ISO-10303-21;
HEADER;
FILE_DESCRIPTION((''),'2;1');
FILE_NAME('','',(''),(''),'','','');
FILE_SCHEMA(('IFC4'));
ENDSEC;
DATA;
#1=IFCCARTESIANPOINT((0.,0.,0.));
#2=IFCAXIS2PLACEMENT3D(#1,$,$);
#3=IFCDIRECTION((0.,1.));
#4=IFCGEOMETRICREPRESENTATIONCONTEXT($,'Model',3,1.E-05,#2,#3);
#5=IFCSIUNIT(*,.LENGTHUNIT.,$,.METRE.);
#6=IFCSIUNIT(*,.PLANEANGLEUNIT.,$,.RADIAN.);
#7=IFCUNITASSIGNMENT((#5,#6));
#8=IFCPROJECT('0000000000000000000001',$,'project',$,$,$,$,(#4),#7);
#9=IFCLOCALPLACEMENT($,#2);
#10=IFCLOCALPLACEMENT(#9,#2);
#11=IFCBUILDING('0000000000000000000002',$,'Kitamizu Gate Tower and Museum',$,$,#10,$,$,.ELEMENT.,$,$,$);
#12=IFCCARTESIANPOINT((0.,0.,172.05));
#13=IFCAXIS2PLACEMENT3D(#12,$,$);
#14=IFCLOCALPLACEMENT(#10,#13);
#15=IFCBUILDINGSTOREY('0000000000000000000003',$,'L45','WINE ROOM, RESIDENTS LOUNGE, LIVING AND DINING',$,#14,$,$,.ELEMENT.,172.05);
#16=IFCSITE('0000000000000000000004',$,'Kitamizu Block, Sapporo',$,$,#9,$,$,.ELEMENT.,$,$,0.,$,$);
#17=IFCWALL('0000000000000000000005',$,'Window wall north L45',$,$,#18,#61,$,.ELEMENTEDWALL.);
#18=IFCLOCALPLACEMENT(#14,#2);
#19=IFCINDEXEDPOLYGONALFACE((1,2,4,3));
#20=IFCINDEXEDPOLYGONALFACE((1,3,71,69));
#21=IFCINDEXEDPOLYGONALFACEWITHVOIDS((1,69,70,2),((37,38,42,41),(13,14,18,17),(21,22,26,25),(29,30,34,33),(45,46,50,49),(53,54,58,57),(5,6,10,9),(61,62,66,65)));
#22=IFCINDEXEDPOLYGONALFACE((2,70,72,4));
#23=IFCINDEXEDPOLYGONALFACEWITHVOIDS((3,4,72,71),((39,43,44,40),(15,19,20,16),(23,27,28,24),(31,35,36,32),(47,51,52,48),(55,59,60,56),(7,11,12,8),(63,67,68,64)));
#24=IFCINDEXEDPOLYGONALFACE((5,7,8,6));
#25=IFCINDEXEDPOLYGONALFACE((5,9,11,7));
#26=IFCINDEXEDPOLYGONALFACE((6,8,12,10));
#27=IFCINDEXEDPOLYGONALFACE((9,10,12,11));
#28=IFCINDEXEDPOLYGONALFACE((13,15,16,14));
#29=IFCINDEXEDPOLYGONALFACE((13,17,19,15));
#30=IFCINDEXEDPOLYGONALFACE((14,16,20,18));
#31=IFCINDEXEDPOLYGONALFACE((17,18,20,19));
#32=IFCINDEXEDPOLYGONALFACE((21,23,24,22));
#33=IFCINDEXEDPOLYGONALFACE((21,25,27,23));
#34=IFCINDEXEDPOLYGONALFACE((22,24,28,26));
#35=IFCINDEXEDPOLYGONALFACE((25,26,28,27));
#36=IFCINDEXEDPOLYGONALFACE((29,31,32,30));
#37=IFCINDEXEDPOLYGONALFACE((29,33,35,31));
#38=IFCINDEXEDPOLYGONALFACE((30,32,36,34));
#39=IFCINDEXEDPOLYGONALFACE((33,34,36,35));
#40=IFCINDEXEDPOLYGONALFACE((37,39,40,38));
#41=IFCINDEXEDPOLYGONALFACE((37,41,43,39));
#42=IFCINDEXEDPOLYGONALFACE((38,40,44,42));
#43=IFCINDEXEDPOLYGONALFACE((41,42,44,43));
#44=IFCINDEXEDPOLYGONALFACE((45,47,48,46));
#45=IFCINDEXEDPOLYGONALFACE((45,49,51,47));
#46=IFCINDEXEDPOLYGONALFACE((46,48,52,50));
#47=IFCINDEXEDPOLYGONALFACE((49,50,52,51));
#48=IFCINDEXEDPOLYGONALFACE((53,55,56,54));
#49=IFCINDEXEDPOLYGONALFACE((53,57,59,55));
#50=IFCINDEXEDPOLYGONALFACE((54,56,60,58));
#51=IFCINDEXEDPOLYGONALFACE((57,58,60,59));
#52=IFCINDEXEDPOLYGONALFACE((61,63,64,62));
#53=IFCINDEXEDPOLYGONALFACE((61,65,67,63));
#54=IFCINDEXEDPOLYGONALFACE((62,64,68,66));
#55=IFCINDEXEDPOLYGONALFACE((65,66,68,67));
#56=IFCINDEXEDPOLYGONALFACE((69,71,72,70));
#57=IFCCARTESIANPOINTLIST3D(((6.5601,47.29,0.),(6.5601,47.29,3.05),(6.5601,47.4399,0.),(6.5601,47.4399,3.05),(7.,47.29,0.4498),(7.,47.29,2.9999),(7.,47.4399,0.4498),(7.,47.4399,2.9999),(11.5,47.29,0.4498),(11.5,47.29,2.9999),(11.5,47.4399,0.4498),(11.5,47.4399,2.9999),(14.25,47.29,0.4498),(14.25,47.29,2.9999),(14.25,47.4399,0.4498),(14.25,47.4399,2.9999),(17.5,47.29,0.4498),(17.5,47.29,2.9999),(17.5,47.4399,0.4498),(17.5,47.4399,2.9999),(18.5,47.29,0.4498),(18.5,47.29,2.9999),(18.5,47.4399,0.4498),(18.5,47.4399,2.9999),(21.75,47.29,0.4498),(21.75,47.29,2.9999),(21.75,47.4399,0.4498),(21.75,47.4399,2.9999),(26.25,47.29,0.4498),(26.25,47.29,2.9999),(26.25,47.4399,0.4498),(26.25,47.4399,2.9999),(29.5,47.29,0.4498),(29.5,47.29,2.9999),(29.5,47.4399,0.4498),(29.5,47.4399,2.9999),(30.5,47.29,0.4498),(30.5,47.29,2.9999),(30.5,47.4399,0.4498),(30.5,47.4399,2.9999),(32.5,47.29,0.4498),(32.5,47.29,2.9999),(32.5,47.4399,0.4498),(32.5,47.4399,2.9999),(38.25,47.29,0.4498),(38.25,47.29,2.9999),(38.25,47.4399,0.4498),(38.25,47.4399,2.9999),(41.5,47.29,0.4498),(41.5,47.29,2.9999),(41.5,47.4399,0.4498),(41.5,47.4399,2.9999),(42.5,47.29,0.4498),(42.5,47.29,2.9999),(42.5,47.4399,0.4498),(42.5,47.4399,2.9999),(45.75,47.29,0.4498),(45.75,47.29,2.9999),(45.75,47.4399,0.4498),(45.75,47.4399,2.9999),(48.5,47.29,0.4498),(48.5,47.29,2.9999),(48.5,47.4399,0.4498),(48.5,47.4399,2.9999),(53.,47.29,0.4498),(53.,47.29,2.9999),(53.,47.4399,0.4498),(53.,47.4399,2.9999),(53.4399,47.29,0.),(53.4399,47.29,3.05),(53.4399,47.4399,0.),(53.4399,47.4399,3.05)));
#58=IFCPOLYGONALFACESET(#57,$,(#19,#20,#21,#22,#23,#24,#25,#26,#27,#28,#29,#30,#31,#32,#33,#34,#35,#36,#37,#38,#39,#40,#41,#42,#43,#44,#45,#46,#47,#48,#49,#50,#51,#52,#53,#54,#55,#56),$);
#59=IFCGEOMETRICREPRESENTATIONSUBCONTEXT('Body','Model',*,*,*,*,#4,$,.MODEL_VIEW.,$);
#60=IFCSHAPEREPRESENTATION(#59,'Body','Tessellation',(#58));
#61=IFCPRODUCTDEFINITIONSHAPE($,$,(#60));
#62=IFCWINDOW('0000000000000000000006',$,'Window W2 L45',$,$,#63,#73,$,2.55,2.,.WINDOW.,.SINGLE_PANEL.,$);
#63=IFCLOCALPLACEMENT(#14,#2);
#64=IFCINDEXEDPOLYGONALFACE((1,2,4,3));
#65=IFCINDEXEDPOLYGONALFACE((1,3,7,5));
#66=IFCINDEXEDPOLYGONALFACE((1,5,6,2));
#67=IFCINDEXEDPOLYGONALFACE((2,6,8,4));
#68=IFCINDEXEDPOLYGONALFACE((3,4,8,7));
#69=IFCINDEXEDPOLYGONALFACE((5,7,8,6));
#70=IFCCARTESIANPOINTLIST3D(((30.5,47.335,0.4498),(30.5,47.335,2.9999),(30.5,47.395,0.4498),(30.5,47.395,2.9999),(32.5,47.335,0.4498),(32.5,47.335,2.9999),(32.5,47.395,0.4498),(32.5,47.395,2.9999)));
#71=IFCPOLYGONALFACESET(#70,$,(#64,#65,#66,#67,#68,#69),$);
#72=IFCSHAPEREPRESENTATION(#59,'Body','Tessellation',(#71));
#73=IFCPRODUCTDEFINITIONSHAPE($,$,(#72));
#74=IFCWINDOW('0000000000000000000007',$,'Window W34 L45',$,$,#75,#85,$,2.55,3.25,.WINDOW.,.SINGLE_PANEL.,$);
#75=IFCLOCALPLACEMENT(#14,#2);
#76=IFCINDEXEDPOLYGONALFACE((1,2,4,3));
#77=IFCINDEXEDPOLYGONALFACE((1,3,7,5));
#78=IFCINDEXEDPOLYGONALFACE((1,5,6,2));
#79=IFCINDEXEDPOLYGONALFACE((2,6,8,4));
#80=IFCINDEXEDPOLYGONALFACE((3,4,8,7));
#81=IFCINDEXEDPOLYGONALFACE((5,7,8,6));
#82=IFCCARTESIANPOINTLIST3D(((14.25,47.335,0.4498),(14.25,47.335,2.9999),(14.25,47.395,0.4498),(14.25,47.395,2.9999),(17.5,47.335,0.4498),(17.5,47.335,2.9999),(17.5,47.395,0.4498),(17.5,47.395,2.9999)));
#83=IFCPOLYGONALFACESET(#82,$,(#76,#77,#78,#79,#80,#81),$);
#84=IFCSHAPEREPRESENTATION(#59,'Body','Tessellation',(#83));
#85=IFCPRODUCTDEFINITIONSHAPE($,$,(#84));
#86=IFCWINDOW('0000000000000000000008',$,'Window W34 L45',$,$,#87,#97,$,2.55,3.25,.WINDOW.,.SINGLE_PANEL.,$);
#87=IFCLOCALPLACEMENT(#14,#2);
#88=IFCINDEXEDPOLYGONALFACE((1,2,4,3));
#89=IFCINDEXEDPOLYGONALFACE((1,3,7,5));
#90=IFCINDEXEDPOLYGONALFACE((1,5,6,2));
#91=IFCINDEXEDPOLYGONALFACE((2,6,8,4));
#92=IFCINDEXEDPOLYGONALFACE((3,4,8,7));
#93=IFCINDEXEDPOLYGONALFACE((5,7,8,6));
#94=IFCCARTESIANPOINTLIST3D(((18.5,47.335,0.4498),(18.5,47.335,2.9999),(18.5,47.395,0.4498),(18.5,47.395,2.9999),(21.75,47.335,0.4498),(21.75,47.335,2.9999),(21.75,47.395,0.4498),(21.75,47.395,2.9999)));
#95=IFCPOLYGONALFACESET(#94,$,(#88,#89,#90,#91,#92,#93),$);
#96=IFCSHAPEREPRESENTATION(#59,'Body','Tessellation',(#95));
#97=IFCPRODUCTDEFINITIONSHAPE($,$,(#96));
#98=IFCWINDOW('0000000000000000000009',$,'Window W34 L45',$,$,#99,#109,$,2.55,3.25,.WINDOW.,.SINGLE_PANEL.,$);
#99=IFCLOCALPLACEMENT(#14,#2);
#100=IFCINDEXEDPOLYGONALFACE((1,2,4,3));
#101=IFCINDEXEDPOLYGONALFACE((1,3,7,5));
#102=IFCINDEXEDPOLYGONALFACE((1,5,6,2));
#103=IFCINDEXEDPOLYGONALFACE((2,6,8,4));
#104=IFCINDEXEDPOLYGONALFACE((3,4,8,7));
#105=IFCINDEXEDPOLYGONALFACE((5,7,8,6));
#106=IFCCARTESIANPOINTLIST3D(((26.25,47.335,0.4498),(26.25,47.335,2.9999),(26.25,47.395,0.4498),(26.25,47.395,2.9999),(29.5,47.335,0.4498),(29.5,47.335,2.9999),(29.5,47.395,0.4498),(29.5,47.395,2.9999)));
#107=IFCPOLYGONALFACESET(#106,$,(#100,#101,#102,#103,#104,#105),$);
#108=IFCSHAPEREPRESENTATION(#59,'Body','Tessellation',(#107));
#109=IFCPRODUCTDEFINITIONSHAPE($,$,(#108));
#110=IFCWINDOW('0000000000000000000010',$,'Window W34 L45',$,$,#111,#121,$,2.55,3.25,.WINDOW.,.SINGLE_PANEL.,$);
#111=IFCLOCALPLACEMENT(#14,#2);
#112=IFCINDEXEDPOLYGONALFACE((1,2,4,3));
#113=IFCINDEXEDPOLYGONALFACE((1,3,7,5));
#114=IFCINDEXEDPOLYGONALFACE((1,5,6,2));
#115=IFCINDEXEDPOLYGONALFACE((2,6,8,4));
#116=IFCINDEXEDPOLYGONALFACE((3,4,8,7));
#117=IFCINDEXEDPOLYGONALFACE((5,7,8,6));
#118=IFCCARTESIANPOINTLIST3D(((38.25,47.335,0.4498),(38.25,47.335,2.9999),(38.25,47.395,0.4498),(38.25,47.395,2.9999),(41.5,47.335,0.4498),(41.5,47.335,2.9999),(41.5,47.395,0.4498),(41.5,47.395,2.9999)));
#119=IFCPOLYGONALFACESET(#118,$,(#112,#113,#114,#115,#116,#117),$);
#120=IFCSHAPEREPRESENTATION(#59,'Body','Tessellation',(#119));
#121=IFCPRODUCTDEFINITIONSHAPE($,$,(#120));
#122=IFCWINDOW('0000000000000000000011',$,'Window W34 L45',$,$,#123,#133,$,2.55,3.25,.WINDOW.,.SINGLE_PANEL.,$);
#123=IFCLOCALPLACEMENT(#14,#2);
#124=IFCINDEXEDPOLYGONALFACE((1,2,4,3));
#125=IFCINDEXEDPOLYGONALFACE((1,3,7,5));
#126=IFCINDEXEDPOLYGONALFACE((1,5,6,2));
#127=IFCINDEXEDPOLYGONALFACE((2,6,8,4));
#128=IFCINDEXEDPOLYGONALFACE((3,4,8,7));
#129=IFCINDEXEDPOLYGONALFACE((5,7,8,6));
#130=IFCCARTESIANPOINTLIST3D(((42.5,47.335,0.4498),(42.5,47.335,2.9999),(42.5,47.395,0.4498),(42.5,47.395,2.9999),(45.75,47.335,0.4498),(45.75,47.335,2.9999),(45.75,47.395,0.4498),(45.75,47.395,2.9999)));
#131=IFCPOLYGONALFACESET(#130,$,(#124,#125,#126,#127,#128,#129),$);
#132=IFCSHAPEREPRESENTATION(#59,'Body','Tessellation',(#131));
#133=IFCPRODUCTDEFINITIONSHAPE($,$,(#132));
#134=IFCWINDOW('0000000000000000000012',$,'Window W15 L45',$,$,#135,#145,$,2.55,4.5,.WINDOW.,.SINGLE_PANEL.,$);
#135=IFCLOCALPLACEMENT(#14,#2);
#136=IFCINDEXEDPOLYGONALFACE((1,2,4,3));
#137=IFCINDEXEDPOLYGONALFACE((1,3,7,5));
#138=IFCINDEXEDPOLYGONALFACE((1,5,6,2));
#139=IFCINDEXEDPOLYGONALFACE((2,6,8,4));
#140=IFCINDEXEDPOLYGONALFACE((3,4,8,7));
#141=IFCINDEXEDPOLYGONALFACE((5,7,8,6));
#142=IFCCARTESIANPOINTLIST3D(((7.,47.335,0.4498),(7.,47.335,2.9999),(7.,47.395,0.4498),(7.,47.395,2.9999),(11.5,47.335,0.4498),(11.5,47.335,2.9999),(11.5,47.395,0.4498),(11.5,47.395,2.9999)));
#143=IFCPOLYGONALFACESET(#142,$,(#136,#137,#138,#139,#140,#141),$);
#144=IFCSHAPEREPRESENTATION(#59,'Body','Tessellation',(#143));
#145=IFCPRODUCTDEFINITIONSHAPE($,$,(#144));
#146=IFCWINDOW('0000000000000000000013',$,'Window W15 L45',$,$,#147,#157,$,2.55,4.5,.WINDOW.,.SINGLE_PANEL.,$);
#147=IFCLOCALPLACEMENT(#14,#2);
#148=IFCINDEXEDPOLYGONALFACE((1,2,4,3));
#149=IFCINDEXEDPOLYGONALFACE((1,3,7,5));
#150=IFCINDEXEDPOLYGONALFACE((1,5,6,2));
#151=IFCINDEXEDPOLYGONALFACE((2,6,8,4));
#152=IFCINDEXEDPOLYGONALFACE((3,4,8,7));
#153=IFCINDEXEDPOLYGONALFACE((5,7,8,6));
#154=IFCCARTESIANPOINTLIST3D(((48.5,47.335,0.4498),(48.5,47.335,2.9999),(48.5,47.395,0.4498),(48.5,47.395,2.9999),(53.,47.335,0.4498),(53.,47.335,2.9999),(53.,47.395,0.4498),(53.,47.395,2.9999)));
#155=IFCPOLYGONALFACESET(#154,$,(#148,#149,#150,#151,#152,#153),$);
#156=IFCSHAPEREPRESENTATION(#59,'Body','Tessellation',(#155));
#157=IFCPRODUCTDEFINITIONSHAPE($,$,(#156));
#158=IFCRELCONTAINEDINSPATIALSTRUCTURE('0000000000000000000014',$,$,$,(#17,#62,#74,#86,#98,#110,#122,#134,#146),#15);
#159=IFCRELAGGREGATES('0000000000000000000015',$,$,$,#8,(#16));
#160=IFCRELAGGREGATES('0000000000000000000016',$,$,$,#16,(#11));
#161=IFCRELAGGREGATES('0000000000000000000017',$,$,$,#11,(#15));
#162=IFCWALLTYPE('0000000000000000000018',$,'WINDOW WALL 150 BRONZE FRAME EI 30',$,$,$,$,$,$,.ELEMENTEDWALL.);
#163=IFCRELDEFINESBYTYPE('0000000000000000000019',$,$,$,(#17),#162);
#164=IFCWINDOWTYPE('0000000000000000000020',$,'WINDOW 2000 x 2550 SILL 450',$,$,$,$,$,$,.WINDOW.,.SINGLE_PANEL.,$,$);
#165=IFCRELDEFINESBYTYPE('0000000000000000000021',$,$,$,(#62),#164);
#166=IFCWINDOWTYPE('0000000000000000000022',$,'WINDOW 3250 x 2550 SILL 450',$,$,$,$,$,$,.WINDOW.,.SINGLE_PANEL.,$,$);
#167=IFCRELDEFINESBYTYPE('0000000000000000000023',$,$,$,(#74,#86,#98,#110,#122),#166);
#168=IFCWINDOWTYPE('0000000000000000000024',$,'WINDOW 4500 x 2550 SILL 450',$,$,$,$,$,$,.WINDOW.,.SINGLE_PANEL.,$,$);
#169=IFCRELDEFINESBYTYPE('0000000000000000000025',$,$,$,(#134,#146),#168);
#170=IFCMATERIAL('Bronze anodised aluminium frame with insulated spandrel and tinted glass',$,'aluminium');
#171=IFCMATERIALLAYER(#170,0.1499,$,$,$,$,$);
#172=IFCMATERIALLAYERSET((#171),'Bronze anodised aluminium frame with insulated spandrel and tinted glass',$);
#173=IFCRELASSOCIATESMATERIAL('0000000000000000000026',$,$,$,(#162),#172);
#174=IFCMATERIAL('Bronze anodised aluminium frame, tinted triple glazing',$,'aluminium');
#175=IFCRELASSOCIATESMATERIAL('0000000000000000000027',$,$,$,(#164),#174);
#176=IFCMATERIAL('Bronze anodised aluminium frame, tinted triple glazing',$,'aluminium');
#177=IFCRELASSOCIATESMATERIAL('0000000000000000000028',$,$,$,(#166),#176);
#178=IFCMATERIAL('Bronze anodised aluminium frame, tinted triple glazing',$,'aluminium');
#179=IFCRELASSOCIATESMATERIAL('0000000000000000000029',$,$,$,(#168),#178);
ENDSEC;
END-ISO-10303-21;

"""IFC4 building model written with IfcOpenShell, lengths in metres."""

from ifc_helpers import new_model, si_unit, direction, frame, frame_2d, origin, place, context, subcontext, project, spatial, rectangle, extrude, material, layer, layer_set, type_object, element, fill, save


model = new_model("IFC4")

# Units and contexts
model_context = context("Model", 3, precision=1e-05, world=origin(), true_north=direction((0.0, 1.0)))
body_context = subcontext(model_context, "Body", "Model", "MODEL_VIEW")
ifc_project = project(units=[si_unit("LENGTHUNIT", "METRE"), si_unit("PLANEANGLEUNIT", "RADIAN")], contexts=[model_context])

# Site, building, storey
site_placement = place(None, origin())
site = spatial("IfcSite", under=ifc_project, at=site_placement, Name="Kitamizu Block, Sapporo", CompositionType="ELEMENT", RefElevation=0.0)
building_placement = place(site_placement, origin())
building = spatial("IfcBuilding", under=site, at=building_placement, Name="Kitamizu Gate Tower and Museum", CompositionType="ELEMENT")
storey_placement = place(building_placement, frame((0.0, 0.0, 172.05)))
storey = spatial("IfcBuildingStorey", under=building, at=storey_placement, Name="L45", Description="WINE ROOM, RESIDENTS LOUNGE, LIVING AND DINING", CompositionType="ELEMENT", Elevation=172.05)

# Wall, openings, windows
ifc_material_1 = material(Name="Bronze anodised aluminium frame with insulated spandrel and tinted glass", Category="aluminium")
ifc_layer_1 = layer(ifc_material_1, 0.1499)
ifc_layer_set_1 = layer_set([ifc_layer_1], Name="Bronze anodised aluminium frame with insulated spandrel and tinted glass")
wall_type_1 = type_object("IfcWallType", Name="WINDOW WALL 150 BRONZE FRAME EI 30", PredefinedType="ELEMENTEDWALL", material=ifc_layer_set_1)
wall_1_placement = place(storey_placement, frame((6.5601, 47.365, 0.0), z_axis=(0.0, 0.0, 1.0), x_axis=(1.0, 0.0, 0.0)))
wall_1 = element("IfcWall", 1, at=wall_1_placement, inside=storey, type_object=wall_type_1, Name="Window wall north L45", PredefinedType="ELEMENTEDWALL", context=body_context, shape_type="SweptSolid", body=[
    extrude(rectangle(XDim=46.8799, YDim=0.1499, at=frame_2d((23.4399, 0.0))), origin(), (0.0, 0.0, 1.0), 3.05),
])
opening_1_placement = place(wall_1_placement, frame((0.4399, 0.0, 0.45)))
opening_1 = element("IfcOpeningElement", 2, at=opening_1_placement, cuts=wall_1, PredefinedType="OPENING", context=body_context, shape_type="SweptSolid", body=[
    extrude(rectangle(XDim=4.5, YDim=2.55, at=frame_2d((2.25, 1.2749))), frame((0.0, 0.085, 0.0), z_axis=(0.0, -1.0, 0.0), x_axis=(1.0, 0.0, 0.0)), (0.0, 0.0, 1.0), 0.1699),
])
opening_2_placement = place(wall_1_placement, frame((7.6899, 0.0, 0.45)))
opening_2 = element("IfcOpeningElement", 3, at=opening_2_placement, cuts=wall_1, PredefinedType="OPENING", context=body_context, shape_type="SweptSolid", body=[
    extrude(rectangle(XDim=3.25, YDim=2.55, at=frame_2d((1.625, 1.2749))), frame((0.0, 0.085, 0.0), z_axis=(0.0, -1.0, 0.0), x_axis=(1.0, 0.0, 0.0)), (0.0, 0.0, 1.0), 0.1699),
])
opening_3_placement = place(wall_1_placement, frame((11.9399, 0.0, 0.45)))
opening_3 = element("IfcOpeningElement", 4, at=opening_3_placement, cuts=wall_1, PredefinedType="OPENING", context=body_context, shape_type="SweptSolid", body=[
    extrude(rectangle(XDim=3.25, YDim=2.55, at=frame_2d((1.625, 1.2749))), frame((0.0, 0.085, 0.0), z_axis=(0.0, -1.0, 0.0), x_axis=(1.0, 0.0, 0.0)), (0.0, 0.0, 1.0), 0.1699),
])
opening_4_placement = place(wall_1_placement, frame((19.6899, 0.0, 0.45)))
opening_4 = element("IfcOpeningElement", 5, at=opening_4_placement, cuts=wall_1, PredefinedType="OPENING", context=body_context, shape_type="SweptSolid", body=[
    extrude(rectangle(XDim=3.25, YDim=2.55, at=frame_2d((1.625, 1.2749))), frame((0.0, 0.085, 0.0), z_axis=(0.0, -1.0, 0.0), x_axis=(1.0, 0.0, 0.0)), (0.0, 0.0, 1.0), 0.1699),
])
opening_5_placement = place(wall_1_placement, frame((23.9399, 0.0, 0.45)))
opening_5 = element("IfcOpeningElement", 6, at=opening_5_placement, cuts=wall_1, PredefinedType="OPENING", context=body_context, shape_type="SweptSolid", body=[
    extrude(rectangle(XDim=2.0, YDim=2.55, at=frame_2d((1.0, 1.2749))), frame((0.0, 0.085, 0.0), z_axis=(0.0, -1.0, 0.0), x_axis=(1.0, 0.0, 0.0)), (0.0, 0.0, 1.0), 0.1699),
])
opening_6_placement = place(wall_1_placement, frame((31.6899, 0.0, 0.45)))
opening_6 = element("IfcOpeningElement", 7, at=opening_6_placement, cuts=wall_1, PredefinedType="OPENING", context=body_context, shape_type="SweptSolid", body=[
    extrude(rectangle(XDim=3.25, YDim=2.55, at=frame_2d((1.625, 1.2749))), frame((0.0, 0.085, 0.0), z_axis=(0.0, -1.0, 0.0), x_axis=(1.0, 0.0, 0.0)), (0.0, 0.0, 1.0), 0.1699),
])
opening_7_placement = place(wall_1_placement, frame((35.9399, 0.0, 0.45)))
opening_7 = element("IfcOpeningElement", 8, at=opening_7_placement, cuts=wall_1, PredefinedType="OPENING", context=body_context, shape_type="SweptSolid", body=[
    extrude(rectangle(XDim=3.25, YDim=2.55, at=frame_2d((1.625, 1.2749))), frame((0.0, 0.085, 0.0), z_axis=(0.0, -1.0, 0.0), x_axis=(1.0, 0.0, 0.0)), (0.0, 0.0, 1.0), 0.1699),
])
opening_8_placement = place(wall_1_placement, frame((41.9399, 0.0, 0.45)))
opening_8 = element("IfcOpeningElement", 9, at=opening_8_placement, cuts=wall_1, PredefinedType="OPENING", context=body_context, shape_type="SweptSolid", body=[
    extrude(rectangle(XDim=4.5, YDim=2.55, at=frame_2d((2.25, 1.2749))), frame((0.0, 0.085, 0.0), z_axis=(0.0, -1.0, 0.0), x_axis=(1.0, 0.0, 0.0)), (0.0, 0.0, 1.0), 0.1699),
])
ifc_material_2 = material(Name="Bronze anodised aluminium frame, tinted triple glazing", Category="aluminium")
window_type_1 = type_object("IfcWindowType", Name="WINDOW 2000 x 2550 SILL 450", PartitioningType="SINGLE_PANEL", PredefinedType="WINDOW", material=ifc_material_2)
window_1_placement = place(opening_5_placement, origin())
window_1 = element("IfcWindow", 10, at=window_1_placement, inside=storey, type_object=window_type_1, Name="Window W2 L45", OverallHeight=2.55, OverallWidth=2.0, PartitioningType="SINGLE_PANEL", PredefinedType="WINDOW", context=body_context, shape_type="SweptSolid", body=[
    extrude(rectangle(XDim=2.0, YDim=2.55, at=frame_2d((1.0, 1.2749))), frame((0.0, 0.03, 0.0), z_axis=(0.0, -1.0, 0.0), x_axis=(1.0, 0.0, 0.0)), (0.0, 0.0, 1.0), 0.0601),
])
fill(opening_5, window_1)
ifc_material_3 = material(Name="Bronze anodised aluminium frame, tinted triple glazing", Category="aluminium")
window_type_2 = type_object("IfcWindowType", Name="WINDOW 3250 x 2550 SILL 450", PartitioningType="SINGLE_PANEL", PredefinedType="WINDOW", material=ifc_material_3)
window_2_placement = place(opening_2_placement, origin())
window_2 = element("IfcWindow", 11, at=window_2_placement, inside=storey, type_object=window_type_2, Name="Window W34 L45", OverallHeight=2.55, OverallWidth=3.25, PartitioningType="SINGLE_PANEL", PredefinedType="WINDOW", context=body_context, shape_type="SweptSolid", body=[
    extrude(rectangle(XDim=3.25, YDim=2.55, at=frame_2d((1.625, 1.2749))), frame((0.0, 0.03, 0.0), z_axis=(0.0, -1.0, 0.0), x_axis=(1.0, 0.0, 0.0)), (0.0, 0.0, 1.0), 0.0601),
])
fill(opening_2, window_2)
window_3_placement = place(opening_3_placement, origin())
window_3 = element("IfcWindow", 12, at=window_3_placement, inside=storey, type_object=window_type_2, Name="Window W34 L45", OverallHeight=2.55, OverallWidth=3.25, PartitioningType="SINGLE_PANEL", PredefinedType="WINDOW", context=body_context, shape_type="SweptSolid", body=[
    extrude(rectangle(XDim=3.25, YDim=2.55, at=frame_2d((1.625, 1.2749))), frame((0.0, 0.03, 0.0), z_axis=(0.0, -1.0, 0.0), x_axis=(1.0, 0.0, 0.0)), (0.0, 0.0, 1.0), 0.0601),
])
fill(opening_3, window_3)
window_4_placement = place(opening_4_placement, origin())
window_4 = element("IfcWindow", 13, at=window_4_placement, inside=storey, type_object=window_type_2, Name="Window W34 L45", OverallHeight=2.55, OverallWidth=3.25, PartitioningType="SINGLE_PANEL", PredefinedType="WINDOW", context=body_context, shape_type="SweptSolid", body=[
    extrude(rectangle(XDim=3.25, YDim=2.55, at=frame_2d((1.625, 1.2749))), frame((0.0, 0.03, 0.0), z_axis=(0.0, -1.0, 0.0), x_axis=(1.0, 0.0, 0.0)), (0.0, 0.0, 1.0), 0.0601),
])
fill(opening_4, window_4)
window_5_placement = place(opening_6_placement, origin())
window_5 = element("IfcWindow", 14, at=window_5_placement, inside=storey, type_object=window_type_2, Name="Window W34 L45", OverallHeight=2.55, OverallWidth=3.25, PartitioningType="SINGLE_PANEL", PredefinedType="WINDOW", context=body_context, shape_type="SweptSolid", body=[
    extrude(rectangle(XDim=3.25, YDim=2.55, at=frame_2d((1.625, 1.2749))), frame((0.0, 0.03, 0.0), z_axis=(0.0, -1.0, 0.0), x_axis=(1.0, 0.0, 0.0)), (0.0, 0.0, 1.0), 0.0601),
])
fill(opening_6, window_5)
window_6_placement = place(opening_7_placement, origin())
window_6 = element("IfcWindow", 15, at=window_6_placement, inside=storey, type_object=window_type_2, Name="Window W34 L45", OverallHeight=2.55, OverallWidth=3.25, PartitioningType="SINGLE_PANEL", PredefinedType="WINDOW", context=body_context, shape_type="SweptSolid", body=[
    extrude(rectangle(XDim=3.25, YDim=2.55, at=frame_2d((1.625, 1.2749))), frame((0.0, 0.03, 0.0), z_axis=(0.0, -1.0, 0.0), x_axis=(1.0, 0.0, 0.0)), (0.0, 0.0, 1.0), 0.0601),
])
fill(opening_7, window_6)
ifc_material_4 = material(Name="Bronze anodised aluminium frame, tinted triple glazing", Category="aluminium")
window_type_3 = type_object("IfcWindowType", Name="WINDOW 4500 x 2550 SILL 450", PartitioningType="SINGLE_PANEL", PredefinedType="WINDOW", material=ifc_material_4)
window_7_placement = place(opening_1_placement, origin())
window_7 = element("IfcWindow", 16, at=window_7_placement, inside=storey, type_object=window_type_3, Name="Window W15 L45", OverallHeight=2.55, OverallWidth=4.5, PartitioningType="SINGLE_PANEL", PredefinedType="WINDOW", context=body_context, shape_type="SweptSolid", body=[
    extrude(rectangle(XDim=4.5, YDim=2.55, at=frame_2d((2.25, 1.2749))), frame((0.0, 0.03, 0.0), z_axis=(0.0, -1.0, 0.0), x_axis=(1.0, 0.0, 0.0)), (0.0, 0.0, 1.0), 0.0601),
])
fill(opening_1, window_7)
window_8_placement = place(opening_8_placement, origin())
window_8 = element("IfcWindow", 17, at=window_8_placement, inside=storey, type_object=window_type_3, Name="Window W15 L45", OverallHeight=2.55, OverallWidth=4.5, PartitioningType="SINGLE_PANEL", PredefinedType="WINDOW", context=body_context, shape_type="SweptSolid", body=[
    extrude(rectangle(XDim=4.5, YDim=2.55, at=frame_2d((2.25, 1.2749))), frame((0.0, 0.03, 0.0), z_axis=(0.0, -1.0, 0.0), x_axis=(1.0, 0.0, 0.0)), (0.0, 0.0, 1.0), 0.0601),
])
fill(opening_8, window_8)

save(model, "model.ifc")
